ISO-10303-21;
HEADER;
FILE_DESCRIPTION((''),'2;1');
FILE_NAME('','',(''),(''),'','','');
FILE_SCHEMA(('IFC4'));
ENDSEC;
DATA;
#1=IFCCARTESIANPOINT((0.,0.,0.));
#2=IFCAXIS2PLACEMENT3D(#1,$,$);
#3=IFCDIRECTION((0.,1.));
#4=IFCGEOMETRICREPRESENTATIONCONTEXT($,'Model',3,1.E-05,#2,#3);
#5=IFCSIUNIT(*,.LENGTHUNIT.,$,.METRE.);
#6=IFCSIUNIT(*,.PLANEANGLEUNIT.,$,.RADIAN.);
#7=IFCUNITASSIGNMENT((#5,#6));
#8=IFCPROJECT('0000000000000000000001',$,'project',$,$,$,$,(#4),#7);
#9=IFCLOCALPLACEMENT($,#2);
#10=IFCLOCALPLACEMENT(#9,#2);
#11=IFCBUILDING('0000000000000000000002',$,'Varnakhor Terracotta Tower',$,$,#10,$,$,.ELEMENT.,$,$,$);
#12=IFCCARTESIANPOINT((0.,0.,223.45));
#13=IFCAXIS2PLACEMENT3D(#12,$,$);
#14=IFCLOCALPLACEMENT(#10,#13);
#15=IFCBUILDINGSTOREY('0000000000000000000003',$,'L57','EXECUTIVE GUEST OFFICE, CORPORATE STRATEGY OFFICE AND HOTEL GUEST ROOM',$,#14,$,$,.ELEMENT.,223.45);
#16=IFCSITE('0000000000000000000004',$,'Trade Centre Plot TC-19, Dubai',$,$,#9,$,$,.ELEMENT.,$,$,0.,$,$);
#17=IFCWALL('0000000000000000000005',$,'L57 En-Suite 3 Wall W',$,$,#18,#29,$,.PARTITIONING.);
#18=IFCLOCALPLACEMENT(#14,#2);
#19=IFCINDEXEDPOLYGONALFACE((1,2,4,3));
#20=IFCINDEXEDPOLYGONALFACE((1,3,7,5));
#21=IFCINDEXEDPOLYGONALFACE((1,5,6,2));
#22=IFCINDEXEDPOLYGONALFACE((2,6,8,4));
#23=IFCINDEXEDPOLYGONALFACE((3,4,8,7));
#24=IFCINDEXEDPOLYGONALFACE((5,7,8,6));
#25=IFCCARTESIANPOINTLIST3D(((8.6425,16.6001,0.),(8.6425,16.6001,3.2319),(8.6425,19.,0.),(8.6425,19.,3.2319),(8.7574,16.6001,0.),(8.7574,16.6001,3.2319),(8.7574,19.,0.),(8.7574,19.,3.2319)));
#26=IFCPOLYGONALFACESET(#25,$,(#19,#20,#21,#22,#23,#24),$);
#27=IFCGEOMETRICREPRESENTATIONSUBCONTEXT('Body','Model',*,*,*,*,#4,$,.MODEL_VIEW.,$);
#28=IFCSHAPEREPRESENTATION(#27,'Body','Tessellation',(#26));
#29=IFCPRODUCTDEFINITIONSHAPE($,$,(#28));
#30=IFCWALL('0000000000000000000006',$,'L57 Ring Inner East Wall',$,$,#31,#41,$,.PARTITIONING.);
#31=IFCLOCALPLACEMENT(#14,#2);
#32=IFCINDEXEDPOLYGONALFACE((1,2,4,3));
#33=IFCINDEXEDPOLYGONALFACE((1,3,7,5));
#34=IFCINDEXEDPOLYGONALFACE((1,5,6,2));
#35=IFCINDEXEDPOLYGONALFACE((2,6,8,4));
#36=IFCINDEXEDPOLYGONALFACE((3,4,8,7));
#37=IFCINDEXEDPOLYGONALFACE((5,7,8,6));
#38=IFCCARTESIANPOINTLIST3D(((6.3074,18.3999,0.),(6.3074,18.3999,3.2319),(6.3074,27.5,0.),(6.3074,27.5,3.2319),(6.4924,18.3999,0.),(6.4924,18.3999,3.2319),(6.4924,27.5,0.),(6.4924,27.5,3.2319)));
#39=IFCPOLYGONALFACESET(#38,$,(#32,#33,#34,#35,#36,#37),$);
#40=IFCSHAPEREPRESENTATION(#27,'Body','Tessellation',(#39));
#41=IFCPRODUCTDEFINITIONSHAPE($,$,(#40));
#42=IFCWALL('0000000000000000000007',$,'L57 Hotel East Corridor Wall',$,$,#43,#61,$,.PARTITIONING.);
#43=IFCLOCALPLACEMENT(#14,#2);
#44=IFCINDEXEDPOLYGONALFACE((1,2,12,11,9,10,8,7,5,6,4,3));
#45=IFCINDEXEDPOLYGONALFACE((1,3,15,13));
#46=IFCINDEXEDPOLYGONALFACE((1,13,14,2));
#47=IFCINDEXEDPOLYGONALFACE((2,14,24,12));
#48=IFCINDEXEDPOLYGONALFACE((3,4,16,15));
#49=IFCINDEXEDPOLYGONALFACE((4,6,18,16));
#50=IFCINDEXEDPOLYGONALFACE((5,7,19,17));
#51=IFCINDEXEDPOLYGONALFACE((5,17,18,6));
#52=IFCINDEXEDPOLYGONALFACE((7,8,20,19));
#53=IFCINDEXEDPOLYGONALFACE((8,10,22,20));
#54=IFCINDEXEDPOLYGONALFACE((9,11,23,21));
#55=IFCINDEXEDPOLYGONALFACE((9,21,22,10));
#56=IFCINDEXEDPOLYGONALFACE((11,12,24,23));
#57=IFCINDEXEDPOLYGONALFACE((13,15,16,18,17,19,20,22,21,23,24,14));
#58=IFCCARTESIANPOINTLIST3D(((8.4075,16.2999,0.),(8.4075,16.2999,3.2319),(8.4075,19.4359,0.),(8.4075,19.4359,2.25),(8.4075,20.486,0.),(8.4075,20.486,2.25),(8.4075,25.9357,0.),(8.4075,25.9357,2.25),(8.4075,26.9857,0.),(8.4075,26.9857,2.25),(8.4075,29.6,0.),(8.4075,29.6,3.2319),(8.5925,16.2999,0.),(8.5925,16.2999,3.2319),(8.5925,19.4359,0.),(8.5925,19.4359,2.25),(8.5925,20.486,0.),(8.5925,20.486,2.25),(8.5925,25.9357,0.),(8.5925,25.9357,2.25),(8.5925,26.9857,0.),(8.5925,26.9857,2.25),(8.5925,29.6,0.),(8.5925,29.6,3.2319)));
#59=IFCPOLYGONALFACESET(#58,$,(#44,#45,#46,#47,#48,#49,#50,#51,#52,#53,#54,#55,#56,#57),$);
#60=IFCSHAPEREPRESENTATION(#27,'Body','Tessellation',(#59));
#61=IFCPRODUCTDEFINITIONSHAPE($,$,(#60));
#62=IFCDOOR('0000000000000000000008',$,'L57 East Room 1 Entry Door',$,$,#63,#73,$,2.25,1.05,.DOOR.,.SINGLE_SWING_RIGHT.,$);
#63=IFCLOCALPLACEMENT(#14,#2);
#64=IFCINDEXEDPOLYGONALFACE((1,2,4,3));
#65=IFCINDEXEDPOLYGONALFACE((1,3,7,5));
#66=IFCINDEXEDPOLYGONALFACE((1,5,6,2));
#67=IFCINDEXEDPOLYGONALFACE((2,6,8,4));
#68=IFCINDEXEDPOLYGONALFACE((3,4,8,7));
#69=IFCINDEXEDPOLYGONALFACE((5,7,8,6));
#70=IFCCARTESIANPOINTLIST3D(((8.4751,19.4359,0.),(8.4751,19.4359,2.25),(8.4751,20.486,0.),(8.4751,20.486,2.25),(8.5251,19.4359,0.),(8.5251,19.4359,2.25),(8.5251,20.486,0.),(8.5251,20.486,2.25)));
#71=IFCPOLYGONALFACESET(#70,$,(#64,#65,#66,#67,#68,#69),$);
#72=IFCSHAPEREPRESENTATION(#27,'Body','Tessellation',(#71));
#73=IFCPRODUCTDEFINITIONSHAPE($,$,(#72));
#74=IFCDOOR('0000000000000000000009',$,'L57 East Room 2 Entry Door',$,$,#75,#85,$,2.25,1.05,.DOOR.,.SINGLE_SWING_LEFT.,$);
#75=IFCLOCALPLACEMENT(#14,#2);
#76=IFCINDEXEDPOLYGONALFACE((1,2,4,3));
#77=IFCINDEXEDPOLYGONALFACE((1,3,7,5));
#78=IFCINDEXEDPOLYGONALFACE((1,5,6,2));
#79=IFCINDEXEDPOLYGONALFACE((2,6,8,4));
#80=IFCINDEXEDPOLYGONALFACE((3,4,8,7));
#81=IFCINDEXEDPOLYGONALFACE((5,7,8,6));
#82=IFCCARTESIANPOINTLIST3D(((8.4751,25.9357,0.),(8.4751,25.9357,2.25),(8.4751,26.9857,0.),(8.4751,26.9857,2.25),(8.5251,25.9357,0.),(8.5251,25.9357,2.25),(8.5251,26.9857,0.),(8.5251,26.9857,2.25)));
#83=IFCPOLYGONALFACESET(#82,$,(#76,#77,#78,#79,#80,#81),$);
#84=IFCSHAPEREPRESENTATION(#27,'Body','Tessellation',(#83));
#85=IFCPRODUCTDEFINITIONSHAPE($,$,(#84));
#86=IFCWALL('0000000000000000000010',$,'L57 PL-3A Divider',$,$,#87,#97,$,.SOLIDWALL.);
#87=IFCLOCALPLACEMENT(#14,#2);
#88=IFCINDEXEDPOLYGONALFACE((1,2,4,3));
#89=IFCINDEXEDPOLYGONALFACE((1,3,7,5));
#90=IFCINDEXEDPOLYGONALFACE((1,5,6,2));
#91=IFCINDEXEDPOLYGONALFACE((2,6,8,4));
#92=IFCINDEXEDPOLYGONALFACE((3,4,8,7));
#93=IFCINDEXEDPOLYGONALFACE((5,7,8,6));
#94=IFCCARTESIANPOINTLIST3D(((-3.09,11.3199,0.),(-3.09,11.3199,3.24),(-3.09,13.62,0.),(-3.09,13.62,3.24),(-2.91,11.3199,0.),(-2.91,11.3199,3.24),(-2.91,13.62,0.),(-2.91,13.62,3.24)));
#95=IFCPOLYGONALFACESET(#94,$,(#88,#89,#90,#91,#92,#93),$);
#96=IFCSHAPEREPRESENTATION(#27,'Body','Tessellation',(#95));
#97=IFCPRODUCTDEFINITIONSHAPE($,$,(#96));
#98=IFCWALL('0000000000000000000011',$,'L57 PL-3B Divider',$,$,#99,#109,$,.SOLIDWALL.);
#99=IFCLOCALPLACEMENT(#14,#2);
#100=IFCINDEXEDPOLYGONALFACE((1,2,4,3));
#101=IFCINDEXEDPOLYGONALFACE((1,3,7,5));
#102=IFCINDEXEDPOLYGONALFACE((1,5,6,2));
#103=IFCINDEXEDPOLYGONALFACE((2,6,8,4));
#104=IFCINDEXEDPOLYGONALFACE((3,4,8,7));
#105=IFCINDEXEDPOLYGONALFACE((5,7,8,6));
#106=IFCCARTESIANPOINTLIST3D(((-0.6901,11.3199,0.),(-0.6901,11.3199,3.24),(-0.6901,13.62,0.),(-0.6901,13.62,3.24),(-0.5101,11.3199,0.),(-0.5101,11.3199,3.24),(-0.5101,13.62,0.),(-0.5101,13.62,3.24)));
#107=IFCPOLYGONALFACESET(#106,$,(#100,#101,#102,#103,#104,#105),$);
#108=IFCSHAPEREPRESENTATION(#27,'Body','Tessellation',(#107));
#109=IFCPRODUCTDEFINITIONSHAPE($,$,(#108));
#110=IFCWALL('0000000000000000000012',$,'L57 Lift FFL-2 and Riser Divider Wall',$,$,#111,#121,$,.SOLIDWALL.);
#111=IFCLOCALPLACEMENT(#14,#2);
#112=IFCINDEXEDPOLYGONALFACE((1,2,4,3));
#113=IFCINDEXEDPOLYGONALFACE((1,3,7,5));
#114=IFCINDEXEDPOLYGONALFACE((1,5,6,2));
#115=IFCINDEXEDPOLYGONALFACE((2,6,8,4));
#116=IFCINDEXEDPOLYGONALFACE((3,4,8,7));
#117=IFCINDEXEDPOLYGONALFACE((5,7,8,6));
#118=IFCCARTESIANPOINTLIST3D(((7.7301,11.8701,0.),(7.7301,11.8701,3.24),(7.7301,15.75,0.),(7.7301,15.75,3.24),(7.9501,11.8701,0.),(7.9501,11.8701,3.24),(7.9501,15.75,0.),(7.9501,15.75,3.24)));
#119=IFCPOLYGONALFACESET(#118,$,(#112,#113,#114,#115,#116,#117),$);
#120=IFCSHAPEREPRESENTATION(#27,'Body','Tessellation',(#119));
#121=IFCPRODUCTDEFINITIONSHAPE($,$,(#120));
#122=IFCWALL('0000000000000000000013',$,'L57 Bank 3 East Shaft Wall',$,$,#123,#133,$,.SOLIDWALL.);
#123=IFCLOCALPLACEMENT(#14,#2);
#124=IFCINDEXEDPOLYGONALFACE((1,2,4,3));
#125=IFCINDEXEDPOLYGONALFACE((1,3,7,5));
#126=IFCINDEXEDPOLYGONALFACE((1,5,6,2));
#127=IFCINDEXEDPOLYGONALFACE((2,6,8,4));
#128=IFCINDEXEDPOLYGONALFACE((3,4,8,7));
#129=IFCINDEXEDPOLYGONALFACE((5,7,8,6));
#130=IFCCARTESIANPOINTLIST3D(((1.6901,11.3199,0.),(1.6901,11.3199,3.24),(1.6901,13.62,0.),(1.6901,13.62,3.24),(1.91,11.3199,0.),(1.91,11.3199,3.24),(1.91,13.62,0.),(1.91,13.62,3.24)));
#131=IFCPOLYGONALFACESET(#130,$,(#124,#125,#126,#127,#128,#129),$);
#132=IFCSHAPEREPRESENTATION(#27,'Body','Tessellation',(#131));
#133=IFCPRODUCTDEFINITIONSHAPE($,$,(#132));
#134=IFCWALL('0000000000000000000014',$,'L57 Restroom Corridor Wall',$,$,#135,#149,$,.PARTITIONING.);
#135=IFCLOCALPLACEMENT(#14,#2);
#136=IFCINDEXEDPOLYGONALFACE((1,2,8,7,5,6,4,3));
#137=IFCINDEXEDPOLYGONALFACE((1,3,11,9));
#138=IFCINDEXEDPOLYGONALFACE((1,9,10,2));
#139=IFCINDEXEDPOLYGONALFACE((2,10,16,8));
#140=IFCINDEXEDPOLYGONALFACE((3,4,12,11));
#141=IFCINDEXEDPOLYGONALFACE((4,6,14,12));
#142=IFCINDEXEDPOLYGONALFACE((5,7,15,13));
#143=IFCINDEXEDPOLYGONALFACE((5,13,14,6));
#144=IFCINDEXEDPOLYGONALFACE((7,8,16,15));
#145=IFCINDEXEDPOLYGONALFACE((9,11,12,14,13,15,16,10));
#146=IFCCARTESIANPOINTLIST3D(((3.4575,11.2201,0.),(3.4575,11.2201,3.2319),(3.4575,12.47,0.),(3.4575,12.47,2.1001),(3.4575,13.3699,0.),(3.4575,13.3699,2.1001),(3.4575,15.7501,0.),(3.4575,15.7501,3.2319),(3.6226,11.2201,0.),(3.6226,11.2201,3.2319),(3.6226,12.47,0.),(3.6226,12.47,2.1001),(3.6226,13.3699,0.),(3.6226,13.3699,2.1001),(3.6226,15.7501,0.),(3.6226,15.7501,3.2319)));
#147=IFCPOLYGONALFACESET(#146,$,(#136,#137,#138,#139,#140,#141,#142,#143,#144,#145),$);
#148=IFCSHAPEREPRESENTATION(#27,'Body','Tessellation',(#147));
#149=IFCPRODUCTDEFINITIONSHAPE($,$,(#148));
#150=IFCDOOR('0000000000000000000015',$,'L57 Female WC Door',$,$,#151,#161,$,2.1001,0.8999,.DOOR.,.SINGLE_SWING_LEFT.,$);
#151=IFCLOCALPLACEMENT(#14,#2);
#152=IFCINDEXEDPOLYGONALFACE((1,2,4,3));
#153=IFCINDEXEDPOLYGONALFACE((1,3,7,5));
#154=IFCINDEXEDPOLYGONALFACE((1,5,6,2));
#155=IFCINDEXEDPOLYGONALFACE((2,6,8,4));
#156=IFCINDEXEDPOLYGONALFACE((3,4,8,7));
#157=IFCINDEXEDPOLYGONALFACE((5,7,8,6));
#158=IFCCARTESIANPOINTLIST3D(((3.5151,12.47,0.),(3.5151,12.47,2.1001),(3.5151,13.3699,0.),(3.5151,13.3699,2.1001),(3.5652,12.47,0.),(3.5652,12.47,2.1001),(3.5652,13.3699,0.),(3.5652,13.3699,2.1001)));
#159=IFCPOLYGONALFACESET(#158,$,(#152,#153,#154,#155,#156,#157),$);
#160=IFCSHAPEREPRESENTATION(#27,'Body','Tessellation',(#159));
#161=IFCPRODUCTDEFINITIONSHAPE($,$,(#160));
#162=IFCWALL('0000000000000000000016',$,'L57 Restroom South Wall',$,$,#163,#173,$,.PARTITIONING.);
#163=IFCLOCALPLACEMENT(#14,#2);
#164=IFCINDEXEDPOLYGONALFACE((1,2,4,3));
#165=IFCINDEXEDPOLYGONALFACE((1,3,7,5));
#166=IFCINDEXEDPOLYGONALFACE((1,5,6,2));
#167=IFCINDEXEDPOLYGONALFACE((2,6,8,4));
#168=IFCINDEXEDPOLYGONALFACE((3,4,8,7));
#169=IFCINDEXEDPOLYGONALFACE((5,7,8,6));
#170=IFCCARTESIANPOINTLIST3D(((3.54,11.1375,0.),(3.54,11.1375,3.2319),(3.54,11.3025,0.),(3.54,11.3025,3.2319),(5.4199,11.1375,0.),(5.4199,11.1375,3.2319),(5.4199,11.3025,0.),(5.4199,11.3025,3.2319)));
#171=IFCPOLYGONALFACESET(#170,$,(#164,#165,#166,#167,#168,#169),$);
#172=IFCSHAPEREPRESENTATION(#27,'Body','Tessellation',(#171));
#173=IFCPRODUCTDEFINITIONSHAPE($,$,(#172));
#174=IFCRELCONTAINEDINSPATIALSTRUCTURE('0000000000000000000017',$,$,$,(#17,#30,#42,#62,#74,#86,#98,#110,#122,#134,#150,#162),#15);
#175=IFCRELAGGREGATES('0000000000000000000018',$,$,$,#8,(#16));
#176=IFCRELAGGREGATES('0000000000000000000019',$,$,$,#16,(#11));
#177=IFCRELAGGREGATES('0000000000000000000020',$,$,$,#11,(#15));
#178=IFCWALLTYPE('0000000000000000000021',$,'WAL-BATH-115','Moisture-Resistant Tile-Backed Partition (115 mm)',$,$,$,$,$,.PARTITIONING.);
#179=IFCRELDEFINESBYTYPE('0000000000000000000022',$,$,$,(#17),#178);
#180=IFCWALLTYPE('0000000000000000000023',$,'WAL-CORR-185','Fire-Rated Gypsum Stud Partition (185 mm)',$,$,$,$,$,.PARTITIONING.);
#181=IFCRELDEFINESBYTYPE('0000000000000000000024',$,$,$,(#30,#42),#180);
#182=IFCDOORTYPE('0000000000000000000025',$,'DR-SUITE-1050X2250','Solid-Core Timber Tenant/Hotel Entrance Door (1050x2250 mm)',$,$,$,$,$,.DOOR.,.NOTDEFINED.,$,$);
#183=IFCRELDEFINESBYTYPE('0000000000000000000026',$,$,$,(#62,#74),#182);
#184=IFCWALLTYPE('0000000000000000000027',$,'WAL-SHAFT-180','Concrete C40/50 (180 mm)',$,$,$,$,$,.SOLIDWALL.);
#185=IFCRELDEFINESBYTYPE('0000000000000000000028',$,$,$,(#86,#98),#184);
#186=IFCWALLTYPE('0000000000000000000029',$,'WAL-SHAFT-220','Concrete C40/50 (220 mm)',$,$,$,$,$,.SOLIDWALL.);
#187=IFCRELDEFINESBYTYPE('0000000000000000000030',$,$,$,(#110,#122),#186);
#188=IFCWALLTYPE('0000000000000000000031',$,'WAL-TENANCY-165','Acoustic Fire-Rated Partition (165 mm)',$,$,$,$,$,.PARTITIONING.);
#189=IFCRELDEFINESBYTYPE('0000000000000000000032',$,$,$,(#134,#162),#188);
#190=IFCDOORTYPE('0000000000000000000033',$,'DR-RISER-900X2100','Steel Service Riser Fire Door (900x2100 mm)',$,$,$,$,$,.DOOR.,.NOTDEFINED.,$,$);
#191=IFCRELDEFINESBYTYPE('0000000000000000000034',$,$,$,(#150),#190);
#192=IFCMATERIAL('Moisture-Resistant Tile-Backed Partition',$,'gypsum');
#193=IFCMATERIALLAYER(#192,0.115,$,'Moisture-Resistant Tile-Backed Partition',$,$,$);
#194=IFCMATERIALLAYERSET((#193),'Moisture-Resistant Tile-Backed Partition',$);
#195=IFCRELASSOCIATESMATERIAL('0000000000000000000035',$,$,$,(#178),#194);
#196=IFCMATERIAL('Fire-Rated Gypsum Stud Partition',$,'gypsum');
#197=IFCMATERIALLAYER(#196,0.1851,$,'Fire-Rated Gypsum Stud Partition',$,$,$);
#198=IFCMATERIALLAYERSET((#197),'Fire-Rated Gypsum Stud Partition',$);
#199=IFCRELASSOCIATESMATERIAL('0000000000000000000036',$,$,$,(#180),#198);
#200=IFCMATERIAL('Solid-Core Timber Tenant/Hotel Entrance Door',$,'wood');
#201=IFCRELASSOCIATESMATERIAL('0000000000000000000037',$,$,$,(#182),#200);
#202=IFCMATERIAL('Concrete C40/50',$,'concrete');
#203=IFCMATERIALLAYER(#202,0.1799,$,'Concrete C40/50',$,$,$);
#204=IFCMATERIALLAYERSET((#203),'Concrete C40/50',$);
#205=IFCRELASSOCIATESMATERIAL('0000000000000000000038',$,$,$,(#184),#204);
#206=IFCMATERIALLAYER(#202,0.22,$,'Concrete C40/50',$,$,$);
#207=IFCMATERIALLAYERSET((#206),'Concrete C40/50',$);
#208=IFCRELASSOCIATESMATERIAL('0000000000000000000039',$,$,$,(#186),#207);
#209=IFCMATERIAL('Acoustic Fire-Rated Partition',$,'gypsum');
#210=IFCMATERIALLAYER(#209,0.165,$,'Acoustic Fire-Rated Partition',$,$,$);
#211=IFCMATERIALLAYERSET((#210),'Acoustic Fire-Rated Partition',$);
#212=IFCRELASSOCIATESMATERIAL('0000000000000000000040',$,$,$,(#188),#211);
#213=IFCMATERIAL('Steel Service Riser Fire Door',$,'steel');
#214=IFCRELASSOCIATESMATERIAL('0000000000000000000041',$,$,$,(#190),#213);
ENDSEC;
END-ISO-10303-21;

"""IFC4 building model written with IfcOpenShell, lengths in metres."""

from ifc_helpers import new_model, si_unit, direction, frame, frame_2d, origin, place, context, subcontext, project, spatial, rectangle, extrude, source, transform, mapped, material, layer, layer_set, type_object, type_shapes, element, fill, save


model = new_model("IFC4")

# Units and contexts
model_context = context("Model", 3, precision=1e-05, world=origin(), true_north=direction((0.0, 1.0)))
body_context = subcontext(model_context, "Body", "Model", "MODEL_VIEW")
ifc_project = project(units=[si_unit("LENGTHUNIT", "METRE"), si_unit("PLANEANGLEUNIT", "RADIAN")], contexts=[model_context])

# Site, building, storey
site_placement = place(None, origin())
site = spatial("IfcSite", under=ifc_project, at=site_placement, Name="Trade Centre Plot TC-19, Dubai", CompositionType="ELEMENT", RefElevation=0.0)
building_placement = place(site_placement, origin())
building = spatial("IfcBuilding", under=site, at=building_placement, Name="Varnakhor Terracotta Tower", CompositionType="ELEMENT")
storey_placement = place(building_placement, frame((0.0, 0.0, 223.45)))
storey = spatial("IfcBuildingStorey", under=building, at=storey_placement, Name="L57", Description="EXECUTIVE GUEST OFFICE, CORPORATE STRATEGY OFFICE AND HOTEL GUEST ROOM", CompositionType="ELEMENT", Elevation=223.45)

# Walls
ifc_material_1 = material(Name="Moisture-Resistant Tile-Backed Partition", Category="gypsum")
ifc_layer_1 = layer(ifc_material_1, 0.115, Name="Moisture-Resistant Tile-Backed Partition")
ifc_layer_set_1 = layer_set([ifc_layer_1], Name="Moisture-Resistant Tile-Backed Partition")
wall_type_1 = type_object("IfcWallType", Name="WAL-BATH-115", Description="Moisture-Resistant Tile-Backed Partition (115 mm)", PredefinedType="PARTITIONING", material=ifc_layer_set_1)
wall_1_placement = place(storey_placement, frame((8.7, 16.6001, 0.0), z_axis=(0.0, 0.0, 1.0), x_axis=(0.0, 1.0, 0.0)))
element("IfcWall", 1, at=wall_1_placement, inside=storey, type_object=wall_type_1, Name="L57 En-Suite 3 Wall W", PredefinedType="PARTITIONING", context=body_context, shape_type="SweptSolid", body=[
    extrude(rectangle(XDim=2.3999, YDim=0.115, at=frame_2d((1.2, 0.0))), origin(), (0.0, 0.0, 1.0), 3.2319),
])
ifc_material_2 = material(Name="Fire-Rated Gypsum Stud Partition", Category="gypsum")
ifc_layer_2 = layer(ifc_material_2, 0.1851, Name="Fire-Rated Gypsum Stud Partition")
ifc_layer_set_2 = layer_set([ifc_layer_2], Name="Fire-Rated Gypsum Stud Partition")
wall_type_2 = type_object("IfcWallType", Name="WAL-CORR-185", Description="Fire-Rated Gypsum Stud Partition (185 mm)", PredefinedType="PARTITIONING", material=ifc_layer_set_2)
wall_2_placement = place(storey_placement, frame((6.3999, 18.3999, 0.0), z_axis=(0.0, 0.0, 1.0), x_axis=(0.0, 1.0, 0.0)))
element("IfcWall", 2, at=wall_2_placement, inside=storey, type_object=wall_type_2, Name="L57 Ring Inner East Wall", PredefinedType="PARTITIONING", context=body_context, shape_type="SweptSolid", body=[
    extrude(rectangle(XDim=9.1001, YDim=0.1851, at=frame_2d((4.55, 0.0))), origin(), (0.0, 0.0, 1.0), 3.2319),
])

# Wall, openings, doors
wall_3_placement = place(storey_placement, frame((8.5, 16.3, 0.0), z_axis=(0.0, 0.0, 1.0), x_axis=(0.0, 1.0, 0.0)))
wall_3 = element("IfcWall", 3, at=wall_3_placement, inside=storey, type_object=wall_type_2, Name="L57 Hotel East Corridor Wall", PredefinedType="PARTITIONING", context=body_context, shape_type="SweptSolid", body=[
    extrude(rectangle(XDim=13.3, YDim=0.1851, at=frame_2d((6.6499, 0.0))), origin(), (0.0, 0.0, 1.0), 3.2319),
])
opening_1_placement = place(wall_3_placement, frame((3.136, 0.0, 0.0)))
opening_1 = element("IfcOpeningElement", 4, at=opening_1_placement, cuts=wall_3, PredefinedType="OPENING", context=body_context, shape_type="SweptSolid", body=[
    extrude(rectangle(XDim=1.05, YDim=2.25, at=frame_2d((0.5249, 1.125))), frame((0.0, 0.1025, 0.0), z_axis=(0.0, -1.0, 0.0), x_axis=(1.0, 0.0, 0.0)), (0.0, 0.0, 1.0), 0.2051),
])
opening_2_placement = place(wall_3_placement, frame((9.6357, 0.0, 0.0)))
opening_2 = element("IfcOpeningElement", 5, at=opening_2_placement, cuts=wall_3, PredefinedType="OPENING", context=body_context, shape_type="SweptSolid", body=[
    extrude(rectangle(XDim=1.05, YDim=2.25, at=frame_2d((0.5249, 1.125))), frame((0.0, 0.1025, 0.0), z_axis=(0.0, -1.0, 0.0), x_axis=(1.0, 0.0, 0.0)), (0.0, 0.0, 1.0), 0.2051),
])
ifc_material_3 = material(Name="Solid-Core Timber Tenant/Hotel Entrance Door", Category="wood")
door_type_1 = type_object("IfcDoorType", Name="DR-SUITE-1050X2250", Description="Solid-Core Timber Tenant/Hotel Entrance Door (1050x2250 mm)", OperationType="NOTDEFINED", PredefinedType="DOOR", material=ifc_material_3)
shared_shape_1 = source(origin(), body_context, "Body", "SweptSolid", [
    extrude(rectangle(XDim=1.05, YDim=2.25, at=frame_2d((0.5249, 1.125))), frame((0.0, 0.0249, 0.0), z_axis=(0.0, -1.0, 0.0), x_axis=(1.0, 0.0, 0.0)), (0.0, 0.0, 1.0), 0.05),
])
type_shapes(door_type_1, [shared_shape_1])
door_1_placement = place(opening_1_placement, origin())
door_1 = element("IfcDoor", 6, at=door_1_placement, inside=storey, type_object=door_type_1, Name="L57 East Room 1 Entry Door", OperationType="SINGLE_SWING_RIGHT", OverallHeight=2.25, OverallWidth=1.05, PredefinedType="DOOR", context=body_context, shape_type="MappedRepresentation", body=[
    mapped(shared_shape_1, transform((0.0, 0.0, 0.0), scale=1.0)),
])
fill(opening_1, door_1)
door_2_placement = place(opening_2_placement, origin())
door_2 = element("IfcDoor", 7, at=door_2_placement, inside=storey, type_object=door_type_1, Name="L57 East Room 2 Entry Door", OperationType="SINGLE_SWING_LEFT", OverallHeight=2.25, OverallWidth=1.05, PredefinedType="DOOR", context=body_context, shape_type="MappedRepresentation", body=[
    mapped(shared_shape_1, transform((0.0, 0.0, 0.0), scale=1.0)),
])
fill(opening_2, door_2)

# Walls
ifc_material_4 = material(Name="Concrete C40/50", Category="concrete")
ifc_layer_3 = layer(ifc_material_4, 0.1799, Name="Concrete C40/50")
ifc_layer_set_3 = layer_set([ifc_layer_3], Name="Concrete C40/50")
wall_type_3 = type_object("IfcWallType", Name="WAL-SHAFT-180", Description="Concrete C40/50 (180 mm)", PredefinedType="SOLIDWALL", material=ifc_layer_set_3)
for number, where, z_axis, x_axis, name in (
    (8, (-3.0, 11.3201, 0.0), (0.0, 0.0, 1.0), (0.0, 1.0, 0.0), "L57 PL-3A Divider"),
    (9, (-0.6001, 11.3201, 0.0), (0.0, 0.0, 1.0), (0.0, 1.0, 0.0), "L57 PL-3B Divider"),
):
    element("IfcWall", number, at=place(storey_placement, frame(where, z_axis=z_axis, x_axis=x_axis)), inside=storey, type_object=wall_type_3, Name=name, PredefinedType="SOLIDWALL", context=body_context, shape_type="SweptSolid", body=[
        extrude(rectangle(XDim=2.3, YDim=0.1799, at=frame_2d((1.1499, 0.0))), origin(), (0.0, 0.0, 1.0), 3.24),
    ])
ifc_layer_4 = layer(ifc_material_4, 0.22, Name="Concrete C40/50")
ifc_layer_set_4 = layer_set([ifc_layer_4], Name="Concrete C40/50")
wall_type_4 = type_object("IfcWallType", Name="WAL-SHAFT-220", Description="Concrete C40/50 (220 mm)", PredefinedType="SOLIDWALL", material=ifc_layer_set_4)
wall_4_placement = place(storey_placement, frame((7.8401, 11.8701, 0.0), z_axis=(0.0, 0.0, 1.0), x_axis=(0.0, 1.0, 0.0)))
element("IfcWall", 10, at=wall_4_placement, inside=storey, type_object=wall_type_4, Name="L57 Lift FFL-2 and Riser Divider Wall", PredefinedType="SOLIDWALL", context=body_context, shape_type="SweptSolid", body=[
    extrude(rectangle(XDim=3.8799, YDim=0.22, at=frame_2d((1.9399, 0.0))), origin(), (0.0, 0.0, 1.0), 3.24),
])
wall_5_placement = place(storey_placement, frame((1.8, 11.3201, 0.0), z_axis=(0.0, 0.0, 1.0), x_axis=(0.0, 1.0, 0.0)))
element("IfcWall", 11, at=wall_5_placement, inside=storey, type_object=wall_type_4, Name="L57 Bank 3 East Shaft Wall", PredefinedType="SOLIDWALL", context=body_context, shape_type="SweptSolid", body=[
    extrude(rectangle(XDim=2.3, YDim=0.22, at=frame_2d((1.1499, 0.0))), origin(), (0.0, 0.0, 1.0), 3.24),
])

# Wall, opening, door
ifc_material_5 = material(Name="Acoustic Fire-Rated Partition", Category="gypsum")
ifc_layer_5 = layer(ifc_material_5, 0.165, Name="Acoustic Fire-Rated Partition")
ifc_layer_set_5 = layer_set([ifc_layer_5], Name="Acoustic Fire-Rated Partition")
wall_type_5 = type_object("IfcWallType", Name="WAL-TENANCY-165", Description="Acoustic Fire-Rated Partition (165 mm)", PredefinedType="PARTITIONING", material=ifc_layer_set_5)
wall_6_placement = place(storey_placement, frame((3.54, 11.22, 0.0), z_axis=(0.0, 0.0, 1.0), x_axis=(0.0, 1.0, 0.0)))
wall_6 = element("IfcWall", 12, at=wall_6_placement, inside=storey, type_object=wall_type_5, Name="L57 Restroom Corridor Wall", PredefinedType="PARTITIONING", context=body_context, shape_type="SweptSolid", body=[
    extrude(rectangle(XDim=4.53, YDim=0.165, at=frame_2d((2.2651, 0.0))), origin(), (0.0, 0.0, 1.0), 3.2319),
])
opening_3_placement = place(wall_6_placement, frame((1.25, 0.0, 0.0)))
opening_3 = element("IfcOpeningElement", 13, at=opening_3_placement, cuts=wall_6, PredefinedType="OPENING", context=body_context, shape_type="SweptSolid", body=[
    extrude(rectangle(XDim=0.8999, YDim=2.1001, at=frame_2d((0.45, 1.05))), frame((0.0, 0.0925, 0.0), z_axis=(0.0, -1.0, 0.0), x_axis=(1.0, 0.0, 0.0)), (0.0, 0.0, 1.0), 0.1851),
])
ifc_material_6 = material(Name="Steel Service Riser Fire Door", Category="steel")
door_type_2 = type_object("IfcDoorType", Name="DR-RISER-900X2100", Description="Steel Service Riser Fire Door (900x2100 mm)", OperationType="NOTDEFINED", PredefinedType="DOOR", material=ifc_material_6)
shared_shape_2 = source(origin(), body_context, "Body", "SweptSolid", [
    extrude(rectangle(XDim=0.8999, YDim=2.1001, at=frame_2d((0.45, 1.05))), frame((0.0, 0.0249, 0.0), z_axis=(0.0, -1.0, 0.0), x_axis=(1.0, 0.0, 0.0)), (0.0, 0.0, 1.0), 0.05),
])
type_shapes(door_type_2, [shared_shape_2])
door_3_placement = place(opening_3_placement, origin())
door_3 = element("IfcDoor", 14, at=door_3_placement, inside=storey, type_object=door_type_2, Name="L57 Female WC Door", OperationType="SINGLE_SWING_LEFT", OverallHeight=2.1001, OverallWidth=0.8999, PredefinedType="DOOR", context=body_context, shape_type="MappedRepresentation", body=[
    mapped(shared_shape_2, transform((0.0, 0.0, 0.0), scale=1.0)),
])
fill(opening_3, door_3)

# Wall
wall_7_placement = place(storey_placement, frame((3.54, 11.22, 0.0), z_axis=(0.0, 0.0, 1.0), x_axis=(1.0, 0.0, 0.0)))
element("IfcWall", 15, at=wall_7_placement, inside=storey, type_object=wall_type_5, Name="L57 Restroom South Wall", PredefinedType="PARTITIONING", context=body_context, shape_type="SweptSolid", body=[
    extrude(rectangle(XDim=1.8799, YDim=0.165, at=frame_2d((0.9399, 0.0))), origin(), (0.0, 0.0, 1.0), 3.2319),
])

save(model, "model.ifc")
